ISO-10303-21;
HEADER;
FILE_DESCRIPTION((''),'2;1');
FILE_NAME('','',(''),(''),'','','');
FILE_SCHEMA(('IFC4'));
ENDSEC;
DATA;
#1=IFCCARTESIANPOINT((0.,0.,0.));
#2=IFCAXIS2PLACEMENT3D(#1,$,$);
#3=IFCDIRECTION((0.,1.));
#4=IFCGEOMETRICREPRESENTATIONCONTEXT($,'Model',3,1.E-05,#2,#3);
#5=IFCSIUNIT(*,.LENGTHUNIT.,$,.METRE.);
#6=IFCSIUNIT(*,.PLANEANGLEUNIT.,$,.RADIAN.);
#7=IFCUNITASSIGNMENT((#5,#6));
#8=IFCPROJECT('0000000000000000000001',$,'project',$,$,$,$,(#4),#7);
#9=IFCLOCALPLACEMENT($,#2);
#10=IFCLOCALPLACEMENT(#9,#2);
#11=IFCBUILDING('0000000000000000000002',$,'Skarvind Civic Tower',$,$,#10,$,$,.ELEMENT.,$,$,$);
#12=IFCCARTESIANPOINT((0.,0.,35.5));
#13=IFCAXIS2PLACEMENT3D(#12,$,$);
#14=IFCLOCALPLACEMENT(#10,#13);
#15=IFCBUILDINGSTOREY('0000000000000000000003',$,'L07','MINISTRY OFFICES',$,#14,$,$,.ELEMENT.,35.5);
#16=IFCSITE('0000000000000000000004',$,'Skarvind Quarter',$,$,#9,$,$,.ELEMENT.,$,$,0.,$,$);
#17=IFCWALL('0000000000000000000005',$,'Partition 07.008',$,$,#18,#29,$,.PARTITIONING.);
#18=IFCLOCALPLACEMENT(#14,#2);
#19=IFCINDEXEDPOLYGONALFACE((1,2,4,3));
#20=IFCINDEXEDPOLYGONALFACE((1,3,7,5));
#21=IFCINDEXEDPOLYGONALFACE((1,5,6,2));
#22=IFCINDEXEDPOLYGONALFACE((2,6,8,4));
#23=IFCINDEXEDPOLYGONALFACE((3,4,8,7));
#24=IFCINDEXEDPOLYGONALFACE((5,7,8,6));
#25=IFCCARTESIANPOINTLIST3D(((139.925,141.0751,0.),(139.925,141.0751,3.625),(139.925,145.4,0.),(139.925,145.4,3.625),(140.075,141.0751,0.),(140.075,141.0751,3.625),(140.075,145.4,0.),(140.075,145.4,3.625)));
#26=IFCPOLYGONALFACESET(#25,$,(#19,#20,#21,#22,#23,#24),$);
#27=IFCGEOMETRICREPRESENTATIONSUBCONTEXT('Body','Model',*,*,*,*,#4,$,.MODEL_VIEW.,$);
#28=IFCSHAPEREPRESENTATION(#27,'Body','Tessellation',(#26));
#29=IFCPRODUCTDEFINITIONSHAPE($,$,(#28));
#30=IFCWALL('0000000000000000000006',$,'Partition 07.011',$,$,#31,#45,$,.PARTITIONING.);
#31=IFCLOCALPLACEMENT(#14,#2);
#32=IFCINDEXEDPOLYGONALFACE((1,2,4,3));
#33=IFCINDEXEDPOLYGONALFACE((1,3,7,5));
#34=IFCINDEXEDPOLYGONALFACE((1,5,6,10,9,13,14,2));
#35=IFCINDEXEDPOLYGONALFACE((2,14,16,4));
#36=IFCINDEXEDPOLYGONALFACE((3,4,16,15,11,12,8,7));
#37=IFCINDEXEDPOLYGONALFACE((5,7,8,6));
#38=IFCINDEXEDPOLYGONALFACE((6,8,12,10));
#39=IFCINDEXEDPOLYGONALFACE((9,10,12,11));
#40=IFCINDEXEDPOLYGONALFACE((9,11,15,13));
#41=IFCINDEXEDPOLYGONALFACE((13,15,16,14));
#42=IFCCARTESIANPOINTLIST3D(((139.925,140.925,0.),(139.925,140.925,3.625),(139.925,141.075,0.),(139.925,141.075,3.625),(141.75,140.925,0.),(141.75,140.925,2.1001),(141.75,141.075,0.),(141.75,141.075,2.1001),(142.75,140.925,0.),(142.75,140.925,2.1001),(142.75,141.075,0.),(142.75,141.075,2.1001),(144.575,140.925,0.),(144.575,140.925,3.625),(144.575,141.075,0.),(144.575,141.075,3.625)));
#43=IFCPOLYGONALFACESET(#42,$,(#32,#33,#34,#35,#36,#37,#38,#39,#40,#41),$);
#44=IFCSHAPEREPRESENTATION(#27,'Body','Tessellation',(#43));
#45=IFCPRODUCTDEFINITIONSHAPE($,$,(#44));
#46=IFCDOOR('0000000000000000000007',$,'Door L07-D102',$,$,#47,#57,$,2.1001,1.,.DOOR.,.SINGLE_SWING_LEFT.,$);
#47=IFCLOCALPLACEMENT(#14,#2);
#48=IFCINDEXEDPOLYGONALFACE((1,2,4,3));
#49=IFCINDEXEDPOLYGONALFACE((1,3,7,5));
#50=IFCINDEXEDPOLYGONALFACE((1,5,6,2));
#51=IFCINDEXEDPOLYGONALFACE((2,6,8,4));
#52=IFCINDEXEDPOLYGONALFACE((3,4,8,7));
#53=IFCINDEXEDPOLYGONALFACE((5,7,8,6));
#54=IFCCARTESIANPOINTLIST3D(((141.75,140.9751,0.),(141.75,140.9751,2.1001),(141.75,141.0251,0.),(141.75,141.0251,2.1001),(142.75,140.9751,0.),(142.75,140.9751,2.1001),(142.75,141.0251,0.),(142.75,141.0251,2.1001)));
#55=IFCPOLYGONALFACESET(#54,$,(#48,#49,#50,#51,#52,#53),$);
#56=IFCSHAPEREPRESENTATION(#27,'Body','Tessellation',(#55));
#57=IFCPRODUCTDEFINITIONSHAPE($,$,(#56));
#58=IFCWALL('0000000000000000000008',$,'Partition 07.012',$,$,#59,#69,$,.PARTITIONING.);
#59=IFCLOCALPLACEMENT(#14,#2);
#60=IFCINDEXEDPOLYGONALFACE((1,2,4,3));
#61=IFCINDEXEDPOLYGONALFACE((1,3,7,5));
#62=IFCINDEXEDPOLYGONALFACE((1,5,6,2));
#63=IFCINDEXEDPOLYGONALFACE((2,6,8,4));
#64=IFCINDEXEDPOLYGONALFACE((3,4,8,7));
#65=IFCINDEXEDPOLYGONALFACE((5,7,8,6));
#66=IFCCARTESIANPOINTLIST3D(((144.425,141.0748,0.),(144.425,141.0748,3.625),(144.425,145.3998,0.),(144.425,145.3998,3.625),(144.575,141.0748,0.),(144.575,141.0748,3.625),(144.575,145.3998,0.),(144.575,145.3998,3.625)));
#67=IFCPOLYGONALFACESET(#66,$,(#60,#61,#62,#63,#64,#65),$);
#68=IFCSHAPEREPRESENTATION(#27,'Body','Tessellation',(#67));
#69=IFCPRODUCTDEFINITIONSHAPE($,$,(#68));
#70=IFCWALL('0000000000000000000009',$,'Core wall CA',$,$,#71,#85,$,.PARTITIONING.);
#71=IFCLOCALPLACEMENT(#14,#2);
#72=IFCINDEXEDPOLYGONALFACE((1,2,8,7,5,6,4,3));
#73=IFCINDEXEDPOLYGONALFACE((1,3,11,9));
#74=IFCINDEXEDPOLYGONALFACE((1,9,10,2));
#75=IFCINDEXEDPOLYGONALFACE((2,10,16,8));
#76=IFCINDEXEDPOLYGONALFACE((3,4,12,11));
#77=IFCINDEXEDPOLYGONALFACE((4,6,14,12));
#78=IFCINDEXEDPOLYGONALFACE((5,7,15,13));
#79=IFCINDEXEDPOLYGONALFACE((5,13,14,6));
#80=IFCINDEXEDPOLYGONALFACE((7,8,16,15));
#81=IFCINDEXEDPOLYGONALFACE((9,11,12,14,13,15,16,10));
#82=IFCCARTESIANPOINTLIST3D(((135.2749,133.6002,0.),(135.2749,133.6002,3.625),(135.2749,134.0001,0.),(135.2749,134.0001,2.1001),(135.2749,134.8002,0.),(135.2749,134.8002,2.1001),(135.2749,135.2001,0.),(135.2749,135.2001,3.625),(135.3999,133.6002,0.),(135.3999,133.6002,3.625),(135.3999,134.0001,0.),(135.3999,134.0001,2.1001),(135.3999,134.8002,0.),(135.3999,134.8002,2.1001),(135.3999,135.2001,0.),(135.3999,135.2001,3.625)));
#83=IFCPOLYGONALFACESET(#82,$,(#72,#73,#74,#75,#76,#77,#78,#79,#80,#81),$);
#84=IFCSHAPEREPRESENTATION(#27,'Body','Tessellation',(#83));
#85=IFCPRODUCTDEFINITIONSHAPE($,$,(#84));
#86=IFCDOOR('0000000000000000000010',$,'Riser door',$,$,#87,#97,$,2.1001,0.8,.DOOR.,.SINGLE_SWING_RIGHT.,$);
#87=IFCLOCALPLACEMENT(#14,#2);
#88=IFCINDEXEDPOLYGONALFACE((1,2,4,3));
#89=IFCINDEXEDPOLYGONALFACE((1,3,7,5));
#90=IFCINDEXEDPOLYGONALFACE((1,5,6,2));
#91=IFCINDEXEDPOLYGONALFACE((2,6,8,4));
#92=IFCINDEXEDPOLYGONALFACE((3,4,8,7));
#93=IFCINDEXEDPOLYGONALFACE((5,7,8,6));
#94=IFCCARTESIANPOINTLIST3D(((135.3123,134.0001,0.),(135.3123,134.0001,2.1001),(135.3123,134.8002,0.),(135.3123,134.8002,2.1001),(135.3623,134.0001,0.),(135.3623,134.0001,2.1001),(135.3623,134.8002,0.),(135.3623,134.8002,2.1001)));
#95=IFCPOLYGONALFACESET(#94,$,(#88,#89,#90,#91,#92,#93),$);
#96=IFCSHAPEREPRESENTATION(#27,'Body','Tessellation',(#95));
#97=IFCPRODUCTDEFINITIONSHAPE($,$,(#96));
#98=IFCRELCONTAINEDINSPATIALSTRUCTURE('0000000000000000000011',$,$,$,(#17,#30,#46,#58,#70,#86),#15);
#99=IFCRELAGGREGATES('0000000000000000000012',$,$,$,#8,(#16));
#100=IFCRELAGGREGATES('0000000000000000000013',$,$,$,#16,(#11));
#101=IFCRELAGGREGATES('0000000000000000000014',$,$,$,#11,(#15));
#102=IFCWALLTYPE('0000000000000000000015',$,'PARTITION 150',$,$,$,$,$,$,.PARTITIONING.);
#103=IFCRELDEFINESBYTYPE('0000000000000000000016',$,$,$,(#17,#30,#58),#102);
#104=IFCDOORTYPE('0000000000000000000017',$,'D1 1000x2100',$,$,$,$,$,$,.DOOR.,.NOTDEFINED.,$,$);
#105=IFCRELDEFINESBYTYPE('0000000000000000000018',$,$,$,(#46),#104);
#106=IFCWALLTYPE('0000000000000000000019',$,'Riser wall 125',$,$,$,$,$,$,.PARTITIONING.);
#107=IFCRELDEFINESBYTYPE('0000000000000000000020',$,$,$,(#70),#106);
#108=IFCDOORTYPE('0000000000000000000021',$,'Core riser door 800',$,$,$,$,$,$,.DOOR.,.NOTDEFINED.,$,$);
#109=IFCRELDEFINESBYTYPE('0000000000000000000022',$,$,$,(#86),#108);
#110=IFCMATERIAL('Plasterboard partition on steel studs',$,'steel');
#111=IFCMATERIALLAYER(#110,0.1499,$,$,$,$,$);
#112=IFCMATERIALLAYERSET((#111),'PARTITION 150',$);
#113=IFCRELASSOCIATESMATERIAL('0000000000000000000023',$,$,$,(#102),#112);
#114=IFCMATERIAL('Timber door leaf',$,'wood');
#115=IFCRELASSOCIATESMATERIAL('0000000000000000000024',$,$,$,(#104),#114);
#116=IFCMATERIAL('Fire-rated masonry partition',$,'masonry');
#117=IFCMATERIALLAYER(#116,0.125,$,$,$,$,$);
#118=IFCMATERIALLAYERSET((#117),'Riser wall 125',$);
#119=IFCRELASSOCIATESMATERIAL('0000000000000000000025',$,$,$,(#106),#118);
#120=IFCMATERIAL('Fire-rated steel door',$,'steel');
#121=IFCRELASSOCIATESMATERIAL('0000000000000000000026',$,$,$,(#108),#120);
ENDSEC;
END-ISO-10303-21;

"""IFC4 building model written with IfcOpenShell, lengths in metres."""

from ifc_helpers import new_model, si_unit, direction, frame, frame_2d, origin, place, context, subcontext, project, spatial, rectangle, extrude, material, layer, layer_set, type_object, element, fill, save


model = new_model("IFC4")

# Units and contexts
model_context = context("Model", 3, precision=1e-05, world=origin(), true_north=direction((0.0, 1.0)))
body_context = subcontext(model_context, "Body", "Model", "MODEL_VIEW")
ifc_project = project(units=[si_unit("LENGTHUNIT", "METRE"), si_unit("PLANEANGLEUNIT", "RADIAN")], contexts=[model_context])

# Site, building, storey
site_placement = place(None, origin())
site = spatial("IfcSite", under=ifc_project, at=site_placement, Name="Skarvind Quarter", CompositionType="ELEMENT", RefElevation=0.0)
building_placement = place(site_placement, origin())
building = spatial("IfcBuilding", under=site, at=building_placement, Name="Skarvind Civic Tower", CompositionType="ELEMENT")
storey_placement = place(building_placement, frame((0.0, 0.0, 35.5)))
storey = spatial("IfcBuildingStorey", under=building, at=storey_placement, Name="L07", Description="MINISTRY OFFICES", CompositionType="ELEMENT", Elevation=35.5)

# Shared definitions
ifc_material_1 = material(Name="Timber door leaf", Category="wood")
ifc_material_2 = material(Name="Fire-rated masonry partition", Category="masonry")
ifc_material_3 = material(Name="Fire-rated steel door", Category="steel")

# Wall
ifc_material_4 = material(Name="Plasterboard partition on steel studs", Category="steel")
ifc_layer_1 = layer(ifc_material_4, 0.1499)
ifc_layer_set_1 = layer_set([ifc_layer_1], Name="PARTITION 150")
wall_type_1 = type_object("IfcWallType", Name="PARTITION 150", PredefinedType="PARTITIONING", material=ifc_layer_set_1)
wall_1_placement = place(storey_placement, frame((140.0, 141.075, 0.0), z_axis=(0.0, 0.0, 1.0), x_axis=(0.0, 1.0, 0.0)))
element("IfcWall", 1, at=wall_1_placement, inside=storey, type_object=wall_type_1, Name="Partition 07.008", PredefinedType="PARTITIONING", context=body_context, shape_type="SweptSolid", body=[
    extrude(rectangle(XDim=4.325, YDim=0.1499, at=frame_2d((2.1626, 0.0))), origin(), (0.0, 0.0, 1.0), 3.625),
])

# Wall, opening, door
wall_2_placement = place(storey_placement, frame((144.575, 141.0, 0.0), z_axis=(0.0, 0.0, 1.0), x_axis=(-1.0, 0.0, 0.0)))
wall_2 = element("IfcWall", 2, at=wall_2_placement, inside=storey, type_object=wall_type_1, Name="Partition 07.011", PredefinedType="PARTITIONING", context=body_context, shape_type="SweptSolid", body=[
    extrude(rectangle(XDim=4.6499, YDim=0.1499, at=frame_2d((2.325, 0.0))), origin(), (0.0, 0.0, 1.0), 3.625),
])
opening_1_placement = place(wall_2_placement, frame((1.825, 0.0, 0.0)))
opening_1 = element("IfcOpeningElement", 3, at=opening_1_placement, cuts=wall_2, PredefinedType="OPENING", context=body_context, shape_type="SweptSolid", body=[
    extrude(rectangle(XDim=1.0, YDim=2.1001, at=frame_2d((0.5, 1.05))), frame((0.0, 0.085, 0.0), z_axis=(0.0, -1.0, 0.0), x_axis=(1.0, 0.0, 0.0)), (0.0, 0.0, 1.0), 0.1699),
])
door_type_1 = type_object("IfcDoorType", Name="D1 1000x2100", OperationType="NOTDEFINED", PredefinedType="DOOR", material=ifc_material_1)
door_1_placement = place(opening_1_placement, origin())
door_1 = element("IfcDoor", 4, at=door_1_placement, inside=storey, type_object=door_type_1, Name="Door L07-D102", OperationType="SINGLE_SWING_LEFT", OverallHeight=2.1001, OverallWidth=1.0, PredefinedType="DOOR", context=body_context, shape_type="SweptSolid", body=[
    extrude(rectangle(XDim=1.0, YDim=2.1001, at=frame_2d((0.5, 1.05))), frame((0.0, 0.0249, 0.0), z_axis=(0.0, -1.0, 0.0), x_axis=(1.0, 0.0, 0.0)), (0.0, 0.0, 1.0), 0.05),
])
fill(opening_1, door_1)

# Wall
wall_3_placement = place(storey_placement, frame((144.5, 145.3999, 0.0), z_axis=(0.0, 0.0, 1.0), x_axis=(0.0, -1.0, 0.0)))
element("IfcWall", 5, at=wall_3_placement, inside=storey, type_object=wall_type_1, Name="Partition 07.012", PredefinedType="PARTITIONING", context=body_context, shape_type="SweptSolid", body=[
    extrude(rectangle(XDim=4.325, YDim=0.1499, at=frame_2d((2.1626, 0.0))), origin(), (0.0, 0.0, 1.0), 3.625),
])

# Wall, opening, door
ifc_layer_2 = layer(ifc_material_2, 0.125)
ifc_layer_set_2 = layer_set([ifc_layer_2], Name="Riser wall 125")
wall_type_2 = type_object("IfcWallType", Name="Riser wall 125", PredefinedType="PARTITIONING", material=ifc_layer_set_2)
wall_4_placement = place(storey_placement, frame((135.3374, 135.2, 0.0), z_axis=(0.0, 0.0, 1.0), x_axis=(0.0, -1.0, 0.0)))
wall_4 = element("IfcWall", 6, at=wall_4_placement, inside=storey, type_object=wall_type_2, Name="Core wall CA", PredefinedType="PARTITIONING", context=body_context, shape_type="SweptSolid", body=[
    extrude(rectangle(XDim=1.5999, YDim=0.125, at=frame_2d((0.7998, 0.0))), origin(), (0.0, 0.0, 1.0), 3.625),
])
opening_2_placement = place(wall_4_placement, frame((0.3999, 0.0, 0.0)))
opening_2 = element("IfcOpeningElement", 7, at=opening_2_placement, cuts=wall_4, PredefinedType="OPENING", context=body_context, shape_type="SweptSolid", body=[
    extrude(rectangle(XDim=0.8, YDim=2.1001, at=frame_2d((0.3999, 1.05))), frame((0.0, 0.0725, 0.0), z_axis=(0.0, -1.0, 0.0), x_axis=(1.0, 0.0, 0.0)), (0.0, 0.0, 1.0), 0.145),
])
door_type_2 = type_object("IfcDoorType", Name="Core riser door 800", OperationType="NOTDEFINED", PredefinedType="DOOR", material=ifc_material_3)
door_2_placement = place(opening_2_placement, origin())
door_2 = element("IfcDoor", 8, at=door_2_placement, inside=storey, type_object=door_type_2, Name="Riser door", OperationType="SINGLE_SWING_RIGHT", OverallHeight=2.1001, OverallWidth=0.8, PredefinedType="DOOR", context=body_context, shape_type="SweptSolid", body=[
    extrude(rectangle(XDim=0.8, YDim=2.1001, at=frame_2d((0.3999, 1.05))), frame((0.0, 0.0249, 0.0), z_axis=(0.0, -1.0, 0.0), x_axis=(1.0, 0.0, 0.0)), (0.0, 0.0, 1.0), 0.05),
])
fill(opening_2, door_2)

save(model, "model.ifc")
